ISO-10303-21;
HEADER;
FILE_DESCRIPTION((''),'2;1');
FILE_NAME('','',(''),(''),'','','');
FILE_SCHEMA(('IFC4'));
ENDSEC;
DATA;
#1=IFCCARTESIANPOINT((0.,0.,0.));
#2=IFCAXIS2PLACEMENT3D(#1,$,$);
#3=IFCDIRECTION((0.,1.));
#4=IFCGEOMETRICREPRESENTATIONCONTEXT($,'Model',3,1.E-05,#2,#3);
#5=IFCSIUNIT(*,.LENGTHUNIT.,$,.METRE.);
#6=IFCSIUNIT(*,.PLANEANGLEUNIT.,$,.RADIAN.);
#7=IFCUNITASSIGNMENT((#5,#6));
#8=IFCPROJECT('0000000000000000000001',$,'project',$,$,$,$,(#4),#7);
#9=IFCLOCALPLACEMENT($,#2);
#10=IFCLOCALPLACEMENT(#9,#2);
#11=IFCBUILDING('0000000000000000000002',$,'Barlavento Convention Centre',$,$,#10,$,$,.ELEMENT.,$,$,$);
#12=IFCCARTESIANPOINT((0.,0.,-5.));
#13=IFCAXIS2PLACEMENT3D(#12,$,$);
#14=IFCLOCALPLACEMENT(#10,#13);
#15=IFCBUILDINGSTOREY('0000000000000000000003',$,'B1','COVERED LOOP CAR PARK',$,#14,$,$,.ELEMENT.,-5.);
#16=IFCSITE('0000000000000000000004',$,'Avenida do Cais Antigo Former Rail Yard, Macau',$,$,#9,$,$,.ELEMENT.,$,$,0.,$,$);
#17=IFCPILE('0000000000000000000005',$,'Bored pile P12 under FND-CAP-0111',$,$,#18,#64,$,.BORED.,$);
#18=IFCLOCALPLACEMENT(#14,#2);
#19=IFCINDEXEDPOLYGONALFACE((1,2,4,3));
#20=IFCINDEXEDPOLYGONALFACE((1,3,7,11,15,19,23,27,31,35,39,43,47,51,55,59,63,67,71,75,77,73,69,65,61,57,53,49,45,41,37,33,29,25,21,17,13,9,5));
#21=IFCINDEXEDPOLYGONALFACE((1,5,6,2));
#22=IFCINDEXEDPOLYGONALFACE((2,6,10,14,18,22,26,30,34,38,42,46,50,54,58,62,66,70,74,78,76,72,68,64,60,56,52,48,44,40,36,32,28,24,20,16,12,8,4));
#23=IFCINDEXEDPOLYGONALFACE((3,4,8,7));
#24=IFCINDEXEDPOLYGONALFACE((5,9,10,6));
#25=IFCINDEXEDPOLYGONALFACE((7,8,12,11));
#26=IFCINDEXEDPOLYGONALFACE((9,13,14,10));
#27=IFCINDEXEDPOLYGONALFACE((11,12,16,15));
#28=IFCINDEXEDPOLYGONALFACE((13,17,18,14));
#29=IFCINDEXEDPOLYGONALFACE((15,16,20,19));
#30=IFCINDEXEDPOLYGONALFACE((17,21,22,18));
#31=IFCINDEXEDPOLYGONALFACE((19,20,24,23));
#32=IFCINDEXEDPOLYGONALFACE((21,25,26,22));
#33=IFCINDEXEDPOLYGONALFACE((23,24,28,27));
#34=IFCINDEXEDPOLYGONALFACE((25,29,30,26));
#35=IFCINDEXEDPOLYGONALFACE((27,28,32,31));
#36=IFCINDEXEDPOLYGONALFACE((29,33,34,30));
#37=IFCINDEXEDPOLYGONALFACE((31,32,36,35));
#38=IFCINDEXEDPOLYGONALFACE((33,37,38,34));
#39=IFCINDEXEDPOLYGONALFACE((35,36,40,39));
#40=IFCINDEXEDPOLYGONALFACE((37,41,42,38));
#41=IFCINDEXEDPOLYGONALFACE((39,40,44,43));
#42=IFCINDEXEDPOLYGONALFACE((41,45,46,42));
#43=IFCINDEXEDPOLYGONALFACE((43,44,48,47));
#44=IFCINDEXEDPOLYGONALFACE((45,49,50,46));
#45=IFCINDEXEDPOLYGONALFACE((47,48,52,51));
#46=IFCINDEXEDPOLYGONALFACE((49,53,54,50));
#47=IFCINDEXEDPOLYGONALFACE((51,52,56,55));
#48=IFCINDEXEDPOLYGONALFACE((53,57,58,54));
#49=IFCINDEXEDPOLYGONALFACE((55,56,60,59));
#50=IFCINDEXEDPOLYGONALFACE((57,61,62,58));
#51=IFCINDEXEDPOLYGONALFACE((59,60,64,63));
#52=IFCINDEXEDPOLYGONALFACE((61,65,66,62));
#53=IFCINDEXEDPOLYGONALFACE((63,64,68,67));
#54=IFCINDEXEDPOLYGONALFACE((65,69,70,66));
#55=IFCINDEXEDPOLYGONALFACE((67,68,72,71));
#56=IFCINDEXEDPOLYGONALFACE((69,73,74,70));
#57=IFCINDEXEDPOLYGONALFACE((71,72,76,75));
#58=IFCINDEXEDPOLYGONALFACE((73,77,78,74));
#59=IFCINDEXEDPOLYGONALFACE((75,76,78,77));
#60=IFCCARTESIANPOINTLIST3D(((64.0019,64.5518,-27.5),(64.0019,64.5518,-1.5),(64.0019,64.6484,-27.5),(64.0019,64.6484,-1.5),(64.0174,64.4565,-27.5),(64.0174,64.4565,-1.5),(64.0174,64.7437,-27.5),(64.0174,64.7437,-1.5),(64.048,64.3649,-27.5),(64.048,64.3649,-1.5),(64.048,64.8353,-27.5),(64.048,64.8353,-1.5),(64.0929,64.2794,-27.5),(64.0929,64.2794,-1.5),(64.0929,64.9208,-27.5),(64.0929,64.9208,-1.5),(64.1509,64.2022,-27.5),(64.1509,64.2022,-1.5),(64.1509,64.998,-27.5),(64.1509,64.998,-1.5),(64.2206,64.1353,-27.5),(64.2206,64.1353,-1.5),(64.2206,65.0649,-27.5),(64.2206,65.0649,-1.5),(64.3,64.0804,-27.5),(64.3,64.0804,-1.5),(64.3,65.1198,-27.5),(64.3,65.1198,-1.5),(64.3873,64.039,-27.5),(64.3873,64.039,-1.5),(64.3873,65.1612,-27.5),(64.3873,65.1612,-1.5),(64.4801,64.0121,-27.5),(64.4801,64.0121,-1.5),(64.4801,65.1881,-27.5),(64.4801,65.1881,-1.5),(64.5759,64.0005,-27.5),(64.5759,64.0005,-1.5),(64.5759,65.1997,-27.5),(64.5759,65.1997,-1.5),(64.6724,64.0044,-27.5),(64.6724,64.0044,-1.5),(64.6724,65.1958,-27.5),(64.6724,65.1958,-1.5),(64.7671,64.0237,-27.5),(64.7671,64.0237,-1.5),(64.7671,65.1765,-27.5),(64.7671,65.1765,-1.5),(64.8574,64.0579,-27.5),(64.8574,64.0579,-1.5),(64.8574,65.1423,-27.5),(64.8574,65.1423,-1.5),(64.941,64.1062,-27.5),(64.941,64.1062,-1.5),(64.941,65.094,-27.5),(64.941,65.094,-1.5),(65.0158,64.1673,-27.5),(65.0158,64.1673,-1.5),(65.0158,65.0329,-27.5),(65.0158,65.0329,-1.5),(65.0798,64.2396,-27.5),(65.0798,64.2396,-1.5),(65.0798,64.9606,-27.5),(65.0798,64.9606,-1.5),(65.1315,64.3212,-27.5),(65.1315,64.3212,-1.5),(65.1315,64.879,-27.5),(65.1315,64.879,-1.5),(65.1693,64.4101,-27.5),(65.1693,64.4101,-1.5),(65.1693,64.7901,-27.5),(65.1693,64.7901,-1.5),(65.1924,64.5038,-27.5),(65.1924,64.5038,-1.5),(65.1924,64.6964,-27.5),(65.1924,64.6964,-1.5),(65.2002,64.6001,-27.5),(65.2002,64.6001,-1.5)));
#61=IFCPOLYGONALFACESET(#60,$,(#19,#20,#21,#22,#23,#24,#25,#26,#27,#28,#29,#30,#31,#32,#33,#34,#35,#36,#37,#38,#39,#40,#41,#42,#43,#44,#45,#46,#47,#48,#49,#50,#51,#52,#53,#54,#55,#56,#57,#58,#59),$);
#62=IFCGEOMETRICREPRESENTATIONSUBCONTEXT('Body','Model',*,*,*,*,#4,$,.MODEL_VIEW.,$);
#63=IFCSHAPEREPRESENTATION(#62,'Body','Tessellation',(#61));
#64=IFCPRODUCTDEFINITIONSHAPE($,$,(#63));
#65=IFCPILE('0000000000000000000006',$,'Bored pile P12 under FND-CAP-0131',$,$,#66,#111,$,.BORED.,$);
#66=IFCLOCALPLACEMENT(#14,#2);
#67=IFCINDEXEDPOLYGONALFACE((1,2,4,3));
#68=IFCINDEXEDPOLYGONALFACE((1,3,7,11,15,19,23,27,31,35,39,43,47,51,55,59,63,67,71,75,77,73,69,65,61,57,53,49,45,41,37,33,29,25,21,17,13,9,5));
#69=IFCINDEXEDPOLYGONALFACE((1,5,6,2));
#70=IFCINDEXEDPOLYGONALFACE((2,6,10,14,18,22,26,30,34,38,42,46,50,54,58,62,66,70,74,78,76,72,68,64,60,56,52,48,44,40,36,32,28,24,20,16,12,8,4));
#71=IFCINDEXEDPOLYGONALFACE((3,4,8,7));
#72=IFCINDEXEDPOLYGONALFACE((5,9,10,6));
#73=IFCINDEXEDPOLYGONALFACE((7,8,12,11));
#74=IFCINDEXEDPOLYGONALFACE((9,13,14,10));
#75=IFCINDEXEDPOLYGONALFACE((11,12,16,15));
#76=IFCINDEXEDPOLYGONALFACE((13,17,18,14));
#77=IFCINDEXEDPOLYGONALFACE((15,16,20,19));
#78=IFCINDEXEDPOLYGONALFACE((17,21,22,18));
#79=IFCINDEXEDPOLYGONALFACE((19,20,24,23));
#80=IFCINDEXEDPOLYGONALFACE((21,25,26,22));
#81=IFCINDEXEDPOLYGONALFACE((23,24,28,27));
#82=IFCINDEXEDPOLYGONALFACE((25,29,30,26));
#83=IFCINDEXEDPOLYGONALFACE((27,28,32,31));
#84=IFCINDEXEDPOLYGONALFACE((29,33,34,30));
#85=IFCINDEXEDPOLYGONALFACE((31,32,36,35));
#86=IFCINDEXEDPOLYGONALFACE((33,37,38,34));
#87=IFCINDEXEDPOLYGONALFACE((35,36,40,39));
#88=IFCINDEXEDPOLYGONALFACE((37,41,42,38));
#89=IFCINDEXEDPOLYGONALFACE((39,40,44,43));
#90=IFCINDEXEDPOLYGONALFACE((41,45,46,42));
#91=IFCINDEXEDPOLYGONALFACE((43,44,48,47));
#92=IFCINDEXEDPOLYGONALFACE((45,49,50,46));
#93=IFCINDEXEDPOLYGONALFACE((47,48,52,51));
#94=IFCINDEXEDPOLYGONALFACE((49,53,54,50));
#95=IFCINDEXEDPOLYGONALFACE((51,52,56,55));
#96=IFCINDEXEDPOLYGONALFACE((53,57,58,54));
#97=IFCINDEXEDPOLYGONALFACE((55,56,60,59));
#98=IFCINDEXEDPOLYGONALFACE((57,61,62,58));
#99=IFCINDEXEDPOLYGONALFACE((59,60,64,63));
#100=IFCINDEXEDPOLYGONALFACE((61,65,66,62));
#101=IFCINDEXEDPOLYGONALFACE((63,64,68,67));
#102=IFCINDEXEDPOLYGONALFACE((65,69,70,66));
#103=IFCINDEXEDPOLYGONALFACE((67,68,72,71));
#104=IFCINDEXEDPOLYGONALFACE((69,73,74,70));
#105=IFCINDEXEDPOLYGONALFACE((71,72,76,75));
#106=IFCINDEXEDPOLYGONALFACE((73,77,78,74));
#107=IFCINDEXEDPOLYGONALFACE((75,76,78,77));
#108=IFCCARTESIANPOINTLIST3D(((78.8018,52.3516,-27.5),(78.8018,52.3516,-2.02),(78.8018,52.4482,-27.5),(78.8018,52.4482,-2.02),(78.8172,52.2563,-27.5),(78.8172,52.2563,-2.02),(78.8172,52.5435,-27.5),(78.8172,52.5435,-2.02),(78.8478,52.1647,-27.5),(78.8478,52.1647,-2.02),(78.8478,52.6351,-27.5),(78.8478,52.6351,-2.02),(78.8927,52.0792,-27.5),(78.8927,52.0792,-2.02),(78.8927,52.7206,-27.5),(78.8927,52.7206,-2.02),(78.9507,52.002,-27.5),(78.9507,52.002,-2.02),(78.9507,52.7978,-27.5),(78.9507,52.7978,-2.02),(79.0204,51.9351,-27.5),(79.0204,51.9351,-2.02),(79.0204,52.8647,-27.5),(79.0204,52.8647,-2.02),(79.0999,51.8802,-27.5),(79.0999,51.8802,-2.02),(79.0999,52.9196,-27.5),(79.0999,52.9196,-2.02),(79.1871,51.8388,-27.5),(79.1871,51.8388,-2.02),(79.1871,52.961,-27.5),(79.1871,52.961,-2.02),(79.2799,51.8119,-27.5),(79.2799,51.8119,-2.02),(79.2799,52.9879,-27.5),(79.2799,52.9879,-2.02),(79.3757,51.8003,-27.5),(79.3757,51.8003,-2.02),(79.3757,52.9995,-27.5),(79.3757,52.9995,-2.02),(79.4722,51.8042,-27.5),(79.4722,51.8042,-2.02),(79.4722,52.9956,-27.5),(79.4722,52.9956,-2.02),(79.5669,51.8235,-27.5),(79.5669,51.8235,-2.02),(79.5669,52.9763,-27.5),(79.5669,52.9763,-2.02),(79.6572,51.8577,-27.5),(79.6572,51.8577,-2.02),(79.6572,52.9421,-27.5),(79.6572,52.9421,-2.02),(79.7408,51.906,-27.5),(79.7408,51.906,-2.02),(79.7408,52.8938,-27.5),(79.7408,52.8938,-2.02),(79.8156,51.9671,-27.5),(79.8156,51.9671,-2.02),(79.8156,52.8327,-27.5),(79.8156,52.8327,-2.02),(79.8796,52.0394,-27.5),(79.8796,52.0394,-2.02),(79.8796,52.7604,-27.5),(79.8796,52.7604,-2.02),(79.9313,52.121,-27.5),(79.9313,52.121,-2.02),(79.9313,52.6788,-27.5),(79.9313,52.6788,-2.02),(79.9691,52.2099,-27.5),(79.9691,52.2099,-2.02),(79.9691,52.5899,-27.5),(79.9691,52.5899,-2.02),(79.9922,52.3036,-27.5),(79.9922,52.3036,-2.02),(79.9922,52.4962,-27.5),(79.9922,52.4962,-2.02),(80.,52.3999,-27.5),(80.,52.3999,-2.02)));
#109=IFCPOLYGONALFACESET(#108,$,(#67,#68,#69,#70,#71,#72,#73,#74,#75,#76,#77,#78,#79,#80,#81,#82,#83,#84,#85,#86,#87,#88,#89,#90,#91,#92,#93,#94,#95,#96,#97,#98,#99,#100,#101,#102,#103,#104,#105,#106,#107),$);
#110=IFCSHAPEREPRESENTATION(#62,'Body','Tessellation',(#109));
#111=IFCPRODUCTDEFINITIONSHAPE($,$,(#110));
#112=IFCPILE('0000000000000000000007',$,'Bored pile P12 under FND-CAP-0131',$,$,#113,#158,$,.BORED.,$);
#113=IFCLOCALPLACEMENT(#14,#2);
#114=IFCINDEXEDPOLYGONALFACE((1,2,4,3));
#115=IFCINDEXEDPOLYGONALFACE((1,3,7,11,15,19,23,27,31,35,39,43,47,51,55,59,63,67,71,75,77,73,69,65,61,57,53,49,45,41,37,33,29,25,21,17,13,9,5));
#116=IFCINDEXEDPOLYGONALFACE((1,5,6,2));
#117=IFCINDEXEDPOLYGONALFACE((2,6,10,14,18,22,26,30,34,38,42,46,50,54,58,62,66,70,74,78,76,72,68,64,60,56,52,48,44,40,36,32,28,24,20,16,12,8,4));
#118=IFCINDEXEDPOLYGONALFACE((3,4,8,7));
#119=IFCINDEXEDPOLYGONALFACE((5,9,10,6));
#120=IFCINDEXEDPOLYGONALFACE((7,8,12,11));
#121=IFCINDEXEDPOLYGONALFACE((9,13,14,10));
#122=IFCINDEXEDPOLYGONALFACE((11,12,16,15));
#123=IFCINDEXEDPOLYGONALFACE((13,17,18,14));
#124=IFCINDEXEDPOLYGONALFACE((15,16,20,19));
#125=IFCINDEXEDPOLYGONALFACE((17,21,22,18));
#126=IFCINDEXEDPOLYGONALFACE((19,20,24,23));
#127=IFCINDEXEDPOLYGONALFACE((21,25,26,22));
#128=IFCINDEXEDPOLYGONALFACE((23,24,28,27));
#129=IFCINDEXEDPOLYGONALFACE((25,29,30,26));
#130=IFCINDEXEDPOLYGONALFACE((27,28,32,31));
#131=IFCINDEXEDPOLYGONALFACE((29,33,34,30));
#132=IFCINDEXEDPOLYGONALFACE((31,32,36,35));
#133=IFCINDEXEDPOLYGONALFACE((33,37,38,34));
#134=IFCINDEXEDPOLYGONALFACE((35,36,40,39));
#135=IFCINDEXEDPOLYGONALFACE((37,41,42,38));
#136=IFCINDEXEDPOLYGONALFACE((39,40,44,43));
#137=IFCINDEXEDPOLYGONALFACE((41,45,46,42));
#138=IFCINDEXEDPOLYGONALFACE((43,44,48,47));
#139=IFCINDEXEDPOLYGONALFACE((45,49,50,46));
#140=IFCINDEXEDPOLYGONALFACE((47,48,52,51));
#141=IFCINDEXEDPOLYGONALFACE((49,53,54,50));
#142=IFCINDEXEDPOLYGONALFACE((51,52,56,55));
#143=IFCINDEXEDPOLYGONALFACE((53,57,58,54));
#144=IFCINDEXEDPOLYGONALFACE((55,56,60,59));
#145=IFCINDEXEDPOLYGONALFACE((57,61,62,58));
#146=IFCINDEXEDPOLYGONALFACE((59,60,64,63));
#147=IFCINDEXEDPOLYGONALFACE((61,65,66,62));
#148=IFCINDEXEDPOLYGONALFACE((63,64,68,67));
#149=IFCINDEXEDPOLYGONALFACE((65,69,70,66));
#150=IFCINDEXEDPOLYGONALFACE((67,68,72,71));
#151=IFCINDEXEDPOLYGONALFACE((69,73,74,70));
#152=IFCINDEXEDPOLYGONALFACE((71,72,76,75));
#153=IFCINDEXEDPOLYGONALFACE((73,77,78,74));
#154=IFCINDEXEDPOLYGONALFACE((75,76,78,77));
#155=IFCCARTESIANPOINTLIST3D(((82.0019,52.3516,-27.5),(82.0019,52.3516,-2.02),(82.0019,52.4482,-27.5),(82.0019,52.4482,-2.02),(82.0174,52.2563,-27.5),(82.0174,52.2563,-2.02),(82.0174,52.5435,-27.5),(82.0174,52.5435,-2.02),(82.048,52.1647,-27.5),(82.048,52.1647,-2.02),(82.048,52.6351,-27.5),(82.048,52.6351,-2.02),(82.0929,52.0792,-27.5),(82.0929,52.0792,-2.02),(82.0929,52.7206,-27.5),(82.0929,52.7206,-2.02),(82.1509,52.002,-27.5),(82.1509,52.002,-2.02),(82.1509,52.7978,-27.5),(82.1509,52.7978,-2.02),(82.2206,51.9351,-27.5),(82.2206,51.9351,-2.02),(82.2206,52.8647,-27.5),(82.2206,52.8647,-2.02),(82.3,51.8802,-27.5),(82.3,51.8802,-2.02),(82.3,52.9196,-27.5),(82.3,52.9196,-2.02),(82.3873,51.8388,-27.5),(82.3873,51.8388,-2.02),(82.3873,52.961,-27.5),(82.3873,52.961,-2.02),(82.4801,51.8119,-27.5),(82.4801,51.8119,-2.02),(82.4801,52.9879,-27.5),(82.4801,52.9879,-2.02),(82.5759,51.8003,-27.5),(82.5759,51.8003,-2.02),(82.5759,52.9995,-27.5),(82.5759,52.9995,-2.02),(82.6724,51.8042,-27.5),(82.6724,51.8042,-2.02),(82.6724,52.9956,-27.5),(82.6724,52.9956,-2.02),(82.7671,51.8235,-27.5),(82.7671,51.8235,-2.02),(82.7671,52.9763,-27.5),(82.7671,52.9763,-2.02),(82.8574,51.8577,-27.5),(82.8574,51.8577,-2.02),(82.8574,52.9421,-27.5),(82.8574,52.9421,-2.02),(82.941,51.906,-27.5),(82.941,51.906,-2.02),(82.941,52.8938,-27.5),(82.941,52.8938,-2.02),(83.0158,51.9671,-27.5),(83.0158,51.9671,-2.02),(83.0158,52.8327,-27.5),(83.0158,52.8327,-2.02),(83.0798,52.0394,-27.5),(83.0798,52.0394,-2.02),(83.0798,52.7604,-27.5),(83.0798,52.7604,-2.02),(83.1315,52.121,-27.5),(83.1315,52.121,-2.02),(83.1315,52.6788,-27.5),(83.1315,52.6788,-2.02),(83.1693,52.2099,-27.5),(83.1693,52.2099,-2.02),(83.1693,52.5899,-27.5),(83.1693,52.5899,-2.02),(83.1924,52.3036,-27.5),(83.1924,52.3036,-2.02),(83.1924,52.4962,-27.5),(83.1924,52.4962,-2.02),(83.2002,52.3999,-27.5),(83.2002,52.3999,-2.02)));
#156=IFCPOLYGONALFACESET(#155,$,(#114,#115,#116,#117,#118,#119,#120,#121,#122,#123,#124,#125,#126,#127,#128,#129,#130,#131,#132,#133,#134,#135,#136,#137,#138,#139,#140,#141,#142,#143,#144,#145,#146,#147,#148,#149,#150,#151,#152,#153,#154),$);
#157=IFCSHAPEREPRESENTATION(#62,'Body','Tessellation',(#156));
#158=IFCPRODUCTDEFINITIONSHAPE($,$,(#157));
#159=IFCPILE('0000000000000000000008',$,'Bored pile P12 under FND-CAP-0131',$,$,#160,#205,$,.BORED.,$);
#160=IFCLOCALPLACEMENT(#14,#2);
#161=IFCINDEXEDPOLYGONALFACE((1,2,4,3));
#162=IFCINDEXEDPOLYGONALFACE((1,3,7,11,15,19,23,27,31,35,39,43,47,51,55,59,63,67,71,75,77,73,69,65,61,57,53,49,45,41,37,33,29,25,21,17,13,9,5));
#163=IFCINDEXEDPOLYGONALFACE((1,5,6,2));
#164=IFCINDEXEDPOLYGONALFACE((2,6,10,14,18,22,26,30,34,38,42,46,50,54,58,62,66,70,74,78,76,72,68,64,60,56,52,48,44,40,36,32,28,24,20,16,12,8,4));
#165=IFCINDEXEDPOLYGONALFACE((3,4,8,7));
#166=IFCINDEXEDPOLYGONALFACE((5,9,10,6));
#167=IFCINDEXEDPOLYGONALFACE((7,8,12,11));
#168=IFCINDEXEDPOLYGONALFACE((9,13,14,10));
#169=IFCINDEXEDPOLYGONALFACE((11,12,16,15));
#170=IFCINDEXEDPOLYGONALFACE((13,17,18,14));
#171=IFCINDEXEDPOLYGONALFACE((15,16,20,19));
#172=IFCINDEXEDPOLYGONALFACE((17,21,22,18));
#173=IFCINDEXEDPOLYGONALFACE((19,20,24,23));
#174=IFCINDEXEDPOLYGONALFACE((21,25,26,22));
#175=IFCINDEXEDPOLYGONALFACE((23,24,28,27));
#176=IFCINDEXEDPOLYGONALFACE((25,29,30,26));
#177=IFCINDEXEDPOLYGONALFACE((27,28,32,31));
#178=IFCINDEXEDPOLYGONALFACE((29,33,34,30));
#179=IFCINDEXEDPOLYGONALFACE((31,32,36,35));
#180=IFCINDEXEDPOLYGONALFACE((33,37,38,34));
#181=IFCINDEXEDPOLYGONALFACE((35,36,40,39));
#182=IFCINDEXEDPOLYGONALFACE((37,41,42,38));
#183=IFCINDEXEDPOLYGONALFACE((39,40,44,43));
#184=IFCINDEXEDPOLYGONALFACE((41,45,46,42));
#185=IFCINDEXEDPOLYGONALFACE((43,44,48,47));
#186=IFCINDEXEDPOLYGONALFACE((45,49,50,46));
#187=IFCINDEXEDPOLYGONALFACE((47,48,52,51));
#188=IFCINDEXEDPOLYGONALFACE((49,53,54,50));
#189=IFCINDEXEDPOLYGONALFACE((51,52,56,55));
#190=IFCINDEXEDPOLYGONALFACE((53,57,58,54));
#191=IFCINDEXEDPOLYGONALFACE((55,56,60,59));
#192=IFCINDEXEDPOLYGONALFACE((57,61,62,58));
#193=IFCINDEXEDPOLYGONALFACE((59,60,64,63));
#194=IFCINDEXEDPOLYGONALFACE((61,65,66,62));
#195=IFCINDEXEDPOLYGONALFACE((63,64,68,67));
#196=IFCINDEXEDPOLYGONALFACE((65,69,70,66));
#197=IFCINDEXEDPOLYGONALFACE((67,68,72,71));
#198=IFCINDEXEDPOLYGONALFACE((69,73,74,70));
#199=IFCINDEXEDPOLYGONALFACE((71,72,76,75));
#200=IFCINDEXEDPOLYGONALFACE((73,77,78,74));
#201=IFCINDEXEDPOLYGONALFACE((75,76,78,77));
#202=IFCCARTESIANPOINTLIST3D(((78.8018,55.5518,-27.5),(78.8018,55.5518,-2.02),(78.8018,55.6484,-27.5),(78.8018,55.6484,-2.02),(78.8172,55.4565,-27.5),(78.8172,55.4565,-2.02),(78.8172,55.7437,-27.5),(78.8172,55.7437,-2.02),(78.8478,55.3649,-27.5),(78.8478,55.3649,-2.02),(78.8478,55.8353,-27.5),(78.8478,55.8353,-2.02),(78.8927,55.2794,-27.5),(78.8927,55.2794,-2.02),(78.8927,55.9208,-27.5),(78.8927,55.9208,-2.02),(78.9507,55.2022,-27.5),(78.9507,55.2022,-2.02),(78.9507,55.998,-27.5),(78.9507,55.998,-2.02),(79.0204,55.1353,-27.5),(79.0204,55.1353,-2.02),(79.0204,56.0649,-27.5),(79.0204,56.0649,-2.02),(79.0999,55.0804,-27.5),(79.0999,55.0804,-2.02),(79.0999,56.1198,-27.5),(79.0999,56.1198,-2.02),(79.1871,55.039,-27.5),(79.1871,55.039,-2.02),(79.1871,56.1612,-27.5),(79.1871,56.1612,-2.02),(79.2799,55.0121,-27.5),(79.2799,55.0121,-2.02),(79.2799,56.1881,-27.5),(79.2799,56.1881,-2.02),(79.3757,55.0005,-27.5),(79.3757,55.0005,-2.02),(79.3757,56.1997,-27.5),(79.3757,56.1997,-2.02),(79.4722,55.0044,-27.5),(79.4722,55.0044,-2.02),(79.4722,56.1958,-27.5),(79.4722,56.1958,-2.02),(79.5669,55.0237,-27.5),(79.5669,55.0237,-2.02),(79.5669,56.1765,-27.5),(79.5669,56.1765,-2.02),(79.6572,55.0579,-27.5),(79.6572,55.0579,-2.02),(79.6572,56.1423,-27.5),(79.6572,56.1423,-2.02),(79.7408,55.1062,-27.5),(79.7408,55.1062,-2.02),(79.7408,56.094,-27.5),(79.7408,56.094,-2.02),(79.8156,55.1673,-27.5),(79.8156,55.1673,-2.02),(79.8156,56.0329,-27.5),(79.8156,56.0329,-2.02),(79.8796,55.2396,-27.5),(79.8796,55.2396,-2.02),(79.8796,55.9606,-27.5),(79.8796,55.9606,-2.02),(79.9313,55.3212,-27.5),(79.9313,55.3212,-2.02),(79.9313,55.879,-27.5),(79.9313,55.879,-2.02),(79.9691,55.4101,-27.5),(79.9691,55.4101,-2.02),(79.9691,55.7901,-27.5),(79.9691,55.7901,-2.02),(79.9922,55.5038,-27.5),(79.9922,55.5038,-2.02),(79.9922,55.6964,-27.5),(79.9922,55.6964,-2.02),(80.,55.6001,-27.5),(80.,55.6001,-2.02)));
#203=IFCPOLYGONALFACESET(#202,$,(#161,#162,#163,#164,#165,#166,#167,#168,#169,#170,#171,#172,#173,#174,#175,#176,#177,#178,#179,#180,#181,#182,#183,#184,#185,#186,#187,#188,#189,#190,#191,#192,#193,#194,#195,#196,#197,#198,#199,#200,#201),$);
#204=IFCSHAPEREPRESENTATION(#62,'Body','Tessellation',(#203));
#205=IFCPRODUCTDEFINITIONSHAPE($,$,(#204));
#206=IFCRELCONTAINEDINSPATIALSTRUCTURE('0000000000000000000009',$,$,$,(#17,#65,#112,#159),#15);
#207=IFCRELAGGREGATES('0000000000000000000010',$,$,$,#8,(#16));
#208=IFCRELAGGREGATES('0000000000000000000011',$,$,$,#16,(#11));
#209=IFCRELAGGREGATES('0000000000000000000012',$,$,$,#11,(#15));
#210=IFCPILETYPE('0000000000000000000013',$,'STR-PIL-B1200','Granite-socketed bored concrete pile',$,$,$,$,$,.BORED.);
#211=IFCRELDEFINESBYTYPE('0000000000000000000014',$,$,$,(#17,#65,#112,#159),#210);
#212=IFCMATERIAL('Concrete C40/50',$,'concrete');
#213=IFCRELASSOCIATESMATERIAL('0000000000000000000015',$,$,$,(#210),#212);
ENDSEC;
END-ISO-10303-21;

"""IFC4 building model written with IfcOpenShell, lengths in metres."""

from ifc_helpers import new_model, si_unit, direction, frame, origin, origin_2d, place, context, subcontext, project, spatial, circle, extrude, material, material_profile, profile_set, type_object, element, save


model = new_model("IFC4")

# Units and contexts
model_context = context("Model", 3, precision=1e-05, world=origin(), true_north=direction((0.0, 1.0)))
body_context = subcontext(model_context, "Body", "Model", "MODEL_VIEW")
ifc_project = project(units=[si_unit("LENGTHUNIT", "METRE"), si_unit("PLANEANGLEUNIT", "RADIAN")], contexts=[model_context])

# Site, building, storey
site_placement = place(None, origin())
site = spatial("IfcSite", under=ifc_project, at=site_placement, Name="Avenida do Cais Antigo Former Rail Yard, Macau", CompositionType="ELEMENT", RefElevation=0.0)
building_placement = place(site_placement, origin())
building = spatial("IfcBuilding", under=site, at=building_placement, Name="Barlavento Convention Centre", CompositionType="ELEMENT")
storey_placement = place(building_placement, frame((0.0, 0.0, -5.0)))
storey = spatial("IfcBuildingStorey", under=building, at=storey_placement, Name="B1", Description="COVERED LOOP CAR PARK", CompositionType="ELEMENT", Elevation=-5.0)

# Shared definitions
ifc_material_1 = material(Name="Concrete C40/50", Category="concrete")

# Piles
ifc_material_profile_1 = material_profile(ifc_material_1, circle(Radius=0.6001, at=origin_2d()), Name="BORED PILE 1200")
ifc_profile_set_1 = profile_set([ifc_material_profile_1], Name="Concrete C40/50")
pile_type_1 = type_object("IfcPileType", Name="STR-PIL-B1200", Description="Granite-socketed bored concrete pile", PredefinedType="BORED", material=ifc_profile_set_1)
for number, where, z_axis, x_axis, name in (
    (1, (64.6001, 64.6001, -1.5), (0.0, 0.0, -1.0), (1.0, 0.0, 0.0), "Bored pile P12 under FND-CAP-0111"),
):
    element("IfcPile", number, at=place(storey_placement, frame(where, z_axis=z_axis, x_axis=x_axis)), inside=storey, type_object=pile_type_1, Name=name, PredefinedType="BORED", context=body_context, shape_type="SweptSolid", body=[
        extrude(circle(Radius=0.6001, at=origin_2d()), origin(), (0.0, 0.0, 1.0), 26.0),
    ])
for number, where, z_axis, x_axis, name in (
    (2, (79.3999, 52.3999, -2.02), (0.0, 0.0, -1.0), (1.0, 0.0, 0.0), "Bored pile P12 under FND-CAP-0131"),
    (3, (82.6001, 52.3999, -2.02), (0.0, 0.0, -1.0), (1.0, 0.0, 0.0), "Bored pile P12 under FND-CAP-0131"),
    (4, (79.3999, 55.6001, -2.02), (0.0, 0.0, -1.0), (1.0, 0.0, 0.0), "Bored pile P12 under FND-CAP-0131"),
):
    element("IfcPile", number, at=place(storey_placement, frame(where, z_axis=z_axis, x_axis=x_axis)), inside=storey, type_object=pile_type_1, Name=name, PredefinedType="BORED", context=body_context, shape_type="SweptSolid", body=[
        extrude(circle(Radius=0.6001, at=origin_2d()), origin(), (0.0, 0.0, 1.0), 25.48),
    ])

save(model, "model.ifc")
